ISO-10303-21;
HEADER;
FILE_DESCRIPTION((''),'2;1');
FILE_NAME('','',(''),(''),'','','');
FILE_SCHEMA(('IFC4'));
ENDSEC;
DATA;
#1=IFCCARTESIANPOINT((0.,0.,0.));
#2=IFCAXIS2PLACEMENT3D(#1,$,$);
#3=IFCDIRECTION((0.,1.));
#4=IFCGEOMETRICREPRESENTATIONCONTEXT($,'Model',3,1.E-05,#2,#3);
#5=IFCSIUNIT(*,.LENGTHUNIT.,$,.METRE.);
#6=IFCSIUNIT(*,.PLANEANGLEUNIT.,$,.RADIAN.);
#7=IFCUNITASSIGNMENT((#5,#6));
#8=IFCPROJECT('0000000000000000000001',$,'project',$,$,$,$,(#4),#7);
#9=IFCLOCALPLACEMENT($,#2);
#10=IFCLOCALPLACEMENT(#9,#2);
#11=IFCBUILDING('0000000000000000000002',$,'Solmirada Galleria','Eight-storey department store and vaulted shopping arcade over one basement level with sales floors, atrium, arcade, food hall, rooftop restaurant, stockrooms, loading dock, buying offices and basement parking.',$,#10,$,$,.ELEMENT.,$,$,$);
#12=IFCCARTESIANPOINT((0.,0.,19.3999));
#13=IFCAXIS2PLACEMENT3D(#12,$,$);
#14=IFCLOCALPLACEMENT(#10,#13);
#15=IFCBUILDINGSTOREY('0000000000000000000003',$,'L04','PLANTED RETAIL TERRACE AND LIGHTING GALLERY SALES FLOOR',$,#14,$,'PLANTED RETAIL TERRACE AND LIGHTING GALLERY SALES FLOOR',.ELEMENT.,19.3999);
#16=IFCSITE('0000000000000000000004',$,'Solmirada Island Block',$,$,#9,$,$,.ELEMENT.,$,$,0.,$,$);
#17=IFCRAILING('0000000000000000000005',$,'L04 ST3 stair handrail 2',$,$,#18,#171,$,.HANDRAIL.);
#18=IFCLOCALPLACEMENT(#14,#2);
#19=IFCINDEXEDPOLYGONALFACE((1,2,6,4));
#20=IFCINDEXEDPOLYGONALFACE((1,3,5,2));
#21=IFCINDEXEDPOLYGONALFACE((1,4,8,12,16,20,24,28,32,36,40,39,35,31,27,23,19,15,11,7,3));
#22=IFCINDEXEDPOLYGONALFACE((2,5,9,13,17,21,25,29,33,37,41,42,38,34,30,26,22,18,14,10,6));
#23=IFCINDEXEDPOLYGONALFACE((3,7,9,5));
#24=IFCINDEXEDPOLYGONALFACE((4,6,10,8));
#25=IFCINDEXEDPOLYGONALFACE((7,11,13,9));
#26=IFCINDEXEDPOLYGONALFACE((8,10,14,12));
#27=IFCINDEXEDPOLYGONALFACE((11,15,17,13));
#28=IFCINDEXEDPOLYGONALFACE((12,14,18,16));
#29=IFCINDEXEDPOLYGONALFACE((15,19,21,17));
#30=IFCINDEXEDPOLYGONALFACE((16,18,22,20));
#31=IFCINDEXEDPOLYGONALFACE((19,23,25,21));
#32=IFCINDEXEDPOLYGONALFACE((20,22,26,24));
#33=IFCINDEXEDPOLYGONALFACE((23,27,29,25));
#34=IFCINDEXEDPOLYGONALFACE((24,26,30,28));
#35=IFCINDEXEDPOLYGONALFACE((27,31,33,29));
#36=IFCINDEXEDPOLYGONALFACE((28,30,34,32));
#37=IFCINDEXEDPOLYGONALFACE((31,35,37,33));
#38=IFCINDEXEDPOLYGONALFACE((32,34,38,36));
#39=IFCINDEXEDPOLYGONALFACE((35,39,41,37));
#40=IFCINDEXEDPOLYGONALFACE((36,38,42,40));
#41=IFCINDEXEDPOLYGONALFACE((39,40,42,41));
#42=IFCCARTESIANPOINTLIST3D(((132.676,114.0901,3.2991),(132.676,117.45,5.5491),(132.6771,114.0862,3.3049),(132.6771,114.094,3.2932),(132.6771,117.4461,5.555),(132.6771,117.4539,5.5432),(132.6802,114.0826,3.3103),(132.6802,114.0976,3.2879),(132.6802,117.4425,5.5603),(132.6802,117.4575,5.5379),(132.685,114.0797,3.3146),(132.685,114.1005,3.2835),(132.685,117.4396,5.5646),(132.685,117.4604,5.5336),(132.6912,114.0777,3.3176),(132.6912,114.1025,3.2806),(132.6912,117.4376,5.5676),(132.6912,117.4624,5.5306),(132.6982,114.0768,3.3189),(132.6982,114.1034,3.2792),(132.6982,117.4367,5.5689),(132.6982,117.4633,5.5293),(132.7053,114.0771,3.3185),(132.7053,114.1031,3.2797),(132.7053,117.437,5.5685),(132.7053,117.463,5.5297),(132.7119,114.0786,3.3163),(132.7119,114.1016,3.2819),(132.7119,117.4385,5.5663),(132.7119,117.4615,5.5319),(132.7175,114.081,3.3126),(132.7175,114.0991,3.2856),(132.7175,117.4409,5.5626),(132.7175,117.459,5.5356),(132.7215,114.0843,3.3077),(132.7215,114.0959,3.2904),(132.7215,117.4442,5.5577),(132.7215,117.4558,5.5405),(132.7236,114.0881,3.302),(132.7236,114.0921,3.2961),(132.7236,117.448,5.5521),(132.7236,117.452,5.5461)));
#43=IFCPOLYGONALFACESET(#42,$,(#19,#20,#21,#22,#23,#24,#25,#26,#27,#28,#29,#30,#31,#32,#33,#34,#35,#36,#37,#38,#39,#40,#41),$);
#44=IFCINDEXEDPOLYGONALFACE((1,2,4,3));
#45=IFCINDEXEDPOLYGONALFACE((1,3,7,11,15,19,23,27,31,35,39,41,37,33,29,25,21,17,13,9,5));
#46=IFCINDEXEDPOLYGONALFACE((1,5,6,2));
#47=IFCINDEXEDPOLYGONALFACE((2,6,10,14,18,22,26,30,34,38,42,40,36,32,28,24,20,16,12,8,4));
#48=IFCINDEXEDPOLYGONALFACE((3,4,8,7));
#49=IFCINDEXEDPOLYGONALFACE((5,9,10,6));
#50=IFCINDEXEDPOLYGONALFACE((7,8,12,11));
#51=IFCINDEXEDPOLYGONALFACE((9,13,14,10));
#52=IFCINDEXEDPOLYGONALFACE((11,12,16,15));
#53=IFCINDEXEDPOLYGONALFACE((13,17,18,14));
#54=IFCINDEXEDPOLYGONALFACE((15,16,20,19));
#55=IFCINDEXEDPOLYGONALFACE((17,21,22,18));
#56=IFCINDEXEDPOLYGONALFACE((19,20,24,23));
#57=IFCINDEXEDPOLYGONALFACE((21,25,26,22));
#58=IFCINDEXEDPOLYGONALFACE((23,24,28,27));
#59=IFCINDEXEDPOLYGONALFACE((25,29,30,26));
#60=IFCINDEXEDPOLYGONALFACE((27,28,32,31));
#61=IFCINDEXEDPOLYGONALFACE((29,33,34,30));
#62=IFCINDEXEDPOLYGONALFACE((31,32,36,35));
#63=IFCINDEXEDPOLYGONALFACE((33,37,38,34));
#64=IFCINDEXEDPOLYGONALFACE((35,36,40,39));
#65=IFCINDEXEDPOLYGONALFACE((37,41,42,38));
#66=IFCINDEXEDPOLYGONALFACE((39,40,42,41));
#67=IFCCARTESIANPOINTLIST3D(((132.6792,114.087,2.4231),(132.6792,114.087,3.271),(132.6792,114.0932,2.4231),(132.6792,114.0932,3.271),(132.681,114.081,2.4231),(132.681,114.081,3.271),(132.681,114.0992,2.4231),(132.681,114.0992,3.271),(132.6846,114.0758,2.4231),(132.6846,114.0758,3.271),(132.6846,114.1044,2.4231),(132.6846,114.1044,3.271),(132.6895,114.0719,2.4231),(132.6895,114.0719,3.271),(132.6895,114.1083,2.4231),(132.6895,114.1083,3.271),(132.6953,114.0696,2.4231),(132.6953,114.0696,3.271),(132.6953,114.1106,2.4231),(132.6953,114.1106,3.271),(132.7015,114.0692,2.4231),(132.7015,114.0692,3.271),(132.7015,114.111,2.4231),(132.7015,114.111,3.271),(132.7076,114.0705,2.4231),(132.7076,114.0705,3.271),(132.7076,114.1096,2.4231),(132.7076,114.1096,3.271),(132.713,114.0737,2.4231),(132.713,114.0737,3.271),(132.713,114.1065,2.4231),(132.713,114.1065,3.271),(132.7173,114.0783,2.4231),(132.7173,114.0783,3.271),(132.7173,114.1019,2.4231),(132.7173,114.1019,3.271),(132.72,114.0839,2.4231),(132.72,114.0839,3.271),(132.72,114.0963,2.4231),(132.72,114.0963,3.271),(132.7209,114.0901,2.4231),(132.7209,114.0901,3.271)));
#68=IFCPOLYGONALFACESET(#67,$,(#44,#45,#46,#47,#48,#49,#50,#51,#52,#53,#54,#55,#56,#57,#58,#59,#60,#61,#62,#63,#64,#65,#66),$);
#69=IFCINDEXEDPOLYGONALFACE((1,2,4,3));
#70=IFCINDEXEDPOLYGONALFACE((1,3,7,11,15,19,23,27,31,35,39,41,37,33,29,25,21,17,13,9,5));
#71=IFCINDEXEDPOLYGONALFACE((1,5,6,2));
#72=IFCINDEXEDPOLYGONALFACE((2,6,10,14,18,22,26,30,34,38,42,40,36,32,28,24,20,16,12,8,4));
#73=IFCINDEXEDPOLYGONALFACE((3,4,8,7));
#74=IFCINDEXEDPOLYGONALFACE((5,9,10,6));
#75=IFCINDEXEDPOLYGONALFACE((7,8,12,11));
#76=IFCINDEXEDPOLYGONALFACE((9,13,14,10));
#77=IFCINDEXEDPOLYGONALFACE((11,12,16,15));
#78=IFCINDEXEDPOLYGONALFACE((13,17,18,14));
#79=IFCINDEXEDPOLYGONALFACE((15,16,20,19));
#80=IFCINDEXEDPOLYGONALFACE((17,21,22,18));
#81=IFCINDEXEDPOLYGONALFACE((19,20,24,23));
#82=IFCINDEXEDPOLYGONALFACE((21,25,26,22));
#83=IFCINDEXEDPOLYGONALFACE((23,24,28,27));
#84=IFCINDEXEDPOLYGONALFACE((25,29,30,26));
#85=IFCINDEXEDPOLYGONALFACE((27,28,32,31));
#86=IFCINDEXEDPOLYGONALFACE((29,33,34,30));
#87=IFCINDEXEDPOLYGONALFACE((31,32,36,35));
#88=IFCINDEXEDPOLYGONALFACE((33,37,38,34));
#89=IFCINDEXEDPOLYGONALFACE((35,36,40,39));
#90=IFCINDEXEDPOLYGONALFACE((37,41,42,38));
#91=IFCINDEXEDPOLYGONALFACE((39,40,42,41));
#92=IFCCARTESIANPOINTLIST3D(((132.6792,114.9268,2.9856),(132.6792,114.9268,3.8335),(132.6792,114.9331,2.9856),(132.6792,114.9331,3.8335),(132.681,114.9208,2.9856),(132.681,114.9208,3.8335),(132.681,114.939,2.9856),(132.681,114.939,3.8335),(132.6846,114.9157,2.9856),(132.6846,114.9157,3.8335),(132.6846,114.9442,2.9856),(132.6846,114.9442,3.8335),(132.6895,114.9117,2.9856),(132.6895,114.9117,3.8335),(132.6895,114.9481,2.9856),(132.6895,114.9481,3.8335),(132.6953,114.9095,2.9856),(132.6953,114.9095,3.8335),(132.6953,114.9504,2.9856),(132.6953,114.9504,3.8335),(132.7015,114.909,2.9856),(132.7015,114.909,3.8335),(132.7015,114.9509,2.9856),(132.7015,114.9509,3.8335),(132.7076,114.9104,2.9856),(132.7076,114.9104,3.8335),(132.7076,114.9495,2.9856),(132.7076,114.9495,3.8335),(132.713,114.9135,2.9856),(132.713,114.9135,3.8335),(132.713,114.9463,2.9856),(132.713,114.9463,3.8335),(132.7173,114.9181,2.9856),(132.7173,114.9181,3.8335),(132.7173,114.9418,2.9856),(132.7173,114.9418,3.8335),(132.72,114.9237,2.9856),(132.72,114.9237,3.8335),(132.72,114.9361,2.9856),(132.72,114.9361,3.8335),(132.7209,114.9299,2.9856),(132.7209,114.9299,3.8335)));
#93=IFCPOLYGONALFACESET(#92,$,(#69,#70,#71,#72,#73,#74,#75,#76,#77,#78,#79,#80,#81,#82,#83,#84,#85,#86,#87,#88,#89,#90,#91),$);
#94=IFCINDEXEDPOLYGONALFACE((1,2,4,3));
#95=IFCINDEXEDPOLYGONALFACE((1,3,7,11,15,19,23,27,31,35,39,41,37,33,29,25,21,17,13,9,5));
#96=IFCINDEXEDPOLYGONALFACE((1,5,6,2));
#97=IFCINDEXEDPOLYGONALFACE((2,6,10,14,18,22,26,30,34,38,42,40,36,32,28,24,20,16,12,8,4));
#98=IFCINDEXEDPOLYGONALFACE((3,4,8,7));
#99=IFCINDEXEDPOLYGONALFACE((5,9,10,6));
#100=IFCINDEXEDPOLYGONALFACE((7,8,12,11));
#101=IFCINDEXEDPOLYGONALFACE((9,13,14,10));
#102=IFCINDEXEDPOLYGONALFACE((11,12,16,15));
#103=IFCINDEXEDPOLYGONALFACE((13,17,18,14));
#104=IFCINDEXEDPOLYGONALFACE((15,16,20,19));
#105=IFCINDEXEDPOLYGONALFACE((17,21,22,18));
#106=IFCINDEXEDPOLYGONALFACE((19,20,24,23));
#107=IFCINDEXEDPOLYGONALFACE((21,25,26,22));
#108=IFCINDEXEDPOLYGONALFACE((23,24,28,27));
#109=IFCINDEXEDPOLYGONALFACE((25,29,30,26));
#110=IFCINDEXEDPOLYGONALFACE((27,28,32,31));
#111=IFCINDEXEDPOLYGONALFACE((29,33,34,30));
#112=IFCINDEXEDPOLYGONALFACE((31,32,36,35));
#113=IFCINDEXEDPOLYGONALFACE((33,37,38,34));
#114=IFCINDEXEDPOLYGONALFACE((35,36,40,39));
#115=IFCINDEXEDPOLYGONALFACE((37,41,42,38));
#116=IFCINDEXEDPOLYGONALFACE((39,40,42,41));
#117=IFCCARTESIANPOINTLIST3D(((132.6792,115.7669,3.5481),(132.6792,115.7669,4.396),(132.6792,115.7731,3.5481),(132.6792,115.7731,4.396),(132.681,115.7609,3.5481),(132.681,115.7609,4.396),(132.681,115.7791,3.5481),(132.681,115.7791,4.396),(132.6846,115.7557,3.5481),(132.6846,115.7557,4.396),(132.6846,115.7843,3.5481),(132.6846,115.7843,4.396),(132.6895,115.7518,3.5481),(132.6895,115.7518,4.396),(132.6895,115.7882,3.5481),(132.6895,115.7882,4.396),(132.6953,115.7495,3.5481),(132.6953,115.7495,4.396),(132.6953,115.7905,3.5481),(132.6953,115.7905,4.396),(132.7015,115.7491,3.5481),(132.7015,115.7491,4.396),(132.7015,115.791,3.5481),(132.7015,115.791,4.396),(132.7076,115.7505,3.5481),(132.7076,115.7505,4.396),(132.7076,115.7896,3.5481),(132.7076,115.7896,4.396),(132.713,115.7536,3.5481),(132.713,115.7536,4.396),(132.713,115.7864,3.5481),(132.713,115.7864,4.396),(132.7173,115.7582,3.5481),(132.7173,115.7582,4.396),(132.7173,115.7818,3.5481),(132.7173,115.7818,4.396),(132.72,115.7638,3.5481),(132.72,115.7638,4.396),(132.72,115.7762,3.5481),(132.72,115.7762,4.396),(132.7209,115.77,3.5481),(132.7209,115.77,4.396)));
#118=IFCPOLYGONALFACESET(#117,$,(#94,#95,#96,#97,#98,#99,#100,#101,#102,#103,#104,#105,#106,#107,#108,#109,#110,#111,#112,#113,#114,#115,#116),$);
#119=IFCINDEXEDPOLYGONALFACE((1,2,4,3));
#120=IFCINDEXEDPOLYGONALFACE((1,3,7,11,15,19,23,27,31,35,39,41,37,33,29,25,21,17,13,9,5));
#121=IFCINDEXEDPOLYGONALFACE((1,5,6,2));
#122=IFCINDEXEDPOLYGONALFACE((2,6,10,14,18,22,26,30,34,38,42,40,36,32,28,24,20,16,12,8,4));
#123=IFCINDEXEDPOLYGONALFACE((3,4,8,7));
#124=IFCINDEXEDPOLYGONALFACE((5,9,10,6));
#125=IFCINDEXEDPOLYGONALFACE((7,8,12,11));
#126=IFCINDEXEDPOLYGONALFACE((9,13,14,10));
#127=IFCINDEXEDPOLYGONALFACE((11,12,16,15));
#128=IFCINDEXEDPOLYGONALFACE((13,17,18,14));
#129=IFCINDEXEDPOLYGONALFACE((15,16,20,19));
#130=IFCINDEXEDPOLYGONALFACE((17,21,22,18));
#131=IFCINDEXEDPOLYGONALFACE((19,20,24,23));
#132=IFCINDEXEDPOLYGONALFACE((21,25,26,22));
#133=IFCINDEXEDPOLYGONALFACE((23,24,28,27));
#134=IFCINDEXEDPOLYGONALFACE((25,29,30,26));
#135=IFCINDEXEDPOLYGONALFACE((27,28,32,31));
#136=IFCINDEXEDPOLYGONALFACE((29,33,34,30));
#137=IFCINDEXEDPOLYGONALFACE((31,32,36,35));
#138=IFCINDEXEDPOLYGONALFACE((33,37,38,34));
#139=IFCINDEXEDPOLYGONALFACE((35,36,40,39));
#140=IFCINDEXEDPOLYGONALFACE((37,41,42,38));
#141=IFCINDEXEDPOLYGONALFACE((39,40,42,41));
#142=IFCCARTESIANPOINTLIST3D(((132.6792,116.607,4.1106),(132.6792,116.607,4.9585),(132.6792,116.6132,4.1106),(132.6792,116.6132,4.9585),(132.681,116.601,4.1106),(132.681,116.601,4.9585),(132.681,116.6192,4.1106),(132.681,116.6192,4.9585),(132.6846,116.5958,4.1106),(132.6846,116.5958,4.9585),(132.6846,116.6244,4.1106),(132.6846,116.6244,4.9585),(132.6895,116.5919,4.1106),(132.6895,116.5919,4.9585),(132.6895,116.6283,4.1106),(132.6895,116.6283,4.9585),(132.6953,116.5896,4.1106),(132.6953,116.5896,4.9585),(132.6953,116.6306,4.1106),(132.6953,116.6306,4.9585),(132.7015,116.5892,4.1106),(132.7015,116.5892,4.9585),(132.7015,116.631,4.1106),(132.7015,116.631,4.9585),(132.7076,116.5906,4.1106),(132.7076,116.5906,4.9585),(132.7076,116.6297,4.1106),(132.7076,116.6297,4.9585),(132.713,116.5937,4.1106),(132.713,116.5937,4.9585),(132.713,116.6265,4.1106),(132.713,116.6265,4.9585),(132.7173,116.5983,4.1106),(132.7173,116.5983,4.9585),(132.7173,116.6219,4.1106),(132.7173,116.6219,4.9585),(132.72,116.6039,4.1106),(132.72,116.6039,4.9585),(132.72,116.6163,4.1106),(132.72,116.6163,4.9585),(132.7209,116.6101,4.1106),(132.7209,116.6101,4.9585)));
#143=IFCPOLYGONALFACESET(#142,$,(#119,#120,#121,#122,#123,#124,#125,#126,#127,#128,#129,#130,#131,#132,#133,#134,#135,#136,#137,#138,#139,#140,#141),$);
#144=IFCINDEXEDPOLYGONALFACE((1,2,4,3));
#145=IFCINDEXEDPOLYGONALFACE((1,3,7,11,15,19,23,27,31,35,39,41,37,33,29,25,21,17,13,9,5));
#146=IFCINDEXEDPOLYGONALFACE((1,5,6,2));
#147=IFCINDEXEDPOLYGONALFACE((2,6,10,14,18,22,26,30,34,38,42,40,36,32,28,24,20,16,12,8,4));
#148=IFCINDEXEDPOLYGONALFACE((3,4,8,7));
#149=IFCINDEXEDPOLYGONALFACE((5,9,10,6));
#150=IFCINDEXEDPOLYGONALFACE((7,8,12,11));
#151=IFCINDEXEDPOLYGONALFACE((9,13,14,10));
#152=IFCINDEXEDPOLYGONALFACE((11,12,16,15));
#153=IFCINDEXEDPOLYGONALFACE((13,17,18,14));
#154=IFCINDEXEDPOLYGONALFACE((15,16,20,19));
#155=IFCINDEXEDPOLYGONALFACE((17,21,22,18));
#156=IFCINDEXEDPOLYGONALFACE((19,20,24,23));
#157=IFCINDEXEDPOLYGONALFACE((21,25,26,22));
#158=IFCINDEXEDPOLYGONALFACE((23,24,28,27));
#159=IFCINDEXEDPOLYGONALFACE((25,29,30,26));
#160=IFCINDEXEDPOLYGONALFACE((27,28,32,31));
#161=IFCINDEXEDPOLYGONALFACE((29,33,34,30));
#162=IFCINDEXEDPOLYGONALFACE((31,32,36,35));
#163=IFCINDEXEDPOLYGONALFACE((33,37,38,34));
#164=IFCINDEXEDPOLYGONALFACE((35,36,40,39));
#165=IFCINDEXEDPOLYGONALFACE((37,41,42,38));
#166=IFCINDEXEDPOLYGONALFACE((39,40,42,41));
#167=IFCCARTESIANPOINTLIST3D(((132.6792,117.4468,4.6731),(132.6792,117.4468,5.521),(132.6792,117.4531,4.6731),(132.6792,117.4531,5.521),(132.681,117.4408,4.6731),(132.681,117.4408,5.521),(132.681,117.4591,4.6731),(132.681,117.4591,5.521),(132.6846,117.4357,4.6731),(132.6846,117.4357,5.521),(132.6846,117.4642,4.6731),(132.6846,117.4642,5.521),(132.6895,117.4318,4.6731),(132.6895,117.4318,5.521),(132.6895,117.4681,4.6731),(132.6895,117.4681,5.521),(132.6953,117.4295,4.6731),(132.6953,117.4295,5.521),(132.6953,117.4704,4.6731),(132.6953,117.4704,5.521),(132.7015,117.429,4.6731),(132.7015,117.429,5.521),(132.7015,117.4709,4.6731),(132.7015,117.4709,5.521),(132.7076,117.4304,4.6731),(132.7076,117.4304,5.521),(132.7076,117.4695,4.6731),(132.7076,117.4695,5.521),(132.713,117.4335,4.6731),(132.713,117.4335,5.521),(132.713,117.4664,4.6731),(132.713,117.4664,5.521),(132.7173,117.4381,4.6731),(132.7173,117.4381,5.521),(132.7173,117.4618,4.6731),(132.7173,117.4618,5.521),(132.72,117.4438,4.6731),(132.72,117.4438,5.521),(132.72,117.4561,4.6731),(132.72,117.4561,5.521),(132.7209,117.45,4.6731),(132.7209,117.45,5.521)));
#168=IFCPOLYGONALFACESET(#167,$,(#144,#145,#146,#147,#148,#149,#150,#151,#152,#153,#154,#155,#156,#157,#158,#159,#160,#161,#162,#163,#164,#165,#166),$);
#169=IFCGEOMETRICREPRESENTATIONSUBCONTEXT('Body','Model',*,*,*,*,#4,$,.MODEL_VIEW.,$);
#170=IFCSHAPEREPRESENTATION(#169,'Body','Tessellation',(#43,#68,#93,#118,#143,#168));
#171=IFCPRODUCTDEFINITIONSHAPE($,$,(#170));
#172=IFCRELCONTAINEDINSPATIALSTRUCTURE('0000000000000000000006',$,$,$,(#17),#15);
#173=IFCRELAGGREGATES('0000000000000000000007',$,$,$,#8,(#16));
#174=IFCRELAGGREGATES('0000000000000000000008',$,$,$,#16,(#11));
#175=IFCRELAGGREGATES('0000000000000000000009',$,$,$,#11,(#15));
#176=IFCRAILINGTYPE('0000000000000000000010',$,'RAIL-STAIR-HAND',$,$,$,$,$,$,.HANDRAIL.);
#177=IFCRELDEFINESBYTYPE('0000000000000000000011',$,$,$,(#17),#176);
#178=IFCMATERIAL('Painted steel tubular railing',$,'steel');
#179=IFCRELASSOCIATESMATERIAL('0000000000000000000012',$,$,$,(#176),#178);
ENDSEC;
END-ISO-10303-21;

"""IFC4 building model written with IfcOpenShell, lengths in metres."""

from ifc_helpers import new_model, si_unit, direction, frame, origin, origin_2d, place, context, subcontext, project, spatial, circle, extrude, material, type_object, element, save


model = new_model("IFC4")

# Units and contexts
model_context = context("Model", 3, precision=1e-05, world=origin(), true_north=direction((0.0, 1.0)))
body_context = subcontext(model_context, "Body", "Model", "MODEL_VIEW")
ifc_project = project(units=[si_unit("LENGTHUNIT", "METRE"), si_unit("PLANEANGLEUNIT", "RADIAN")], contexts=[model_context])

# Site, building, storey
site_placement = place(None, origin())
site = spatial("IfcSite", under=ifc_project, at=site_placement, Name="Solmirada Island Block", CompositionType="ELEMENT", RefElevation=0.0)
building_placement = place(site_placement, origin())
building = spatial("IfcBuilding", under=site, at=building_placement, Name="Solmirada Galleria", Description="Eight-storey department store and vaulted shopping arcade over one basement level with sales floors, atrium, arcade, food hall, rooftop restaurant, stockrooms, loading dock, buying offices and basement parking.", CompositionType="ELEMENT")
storey_placement = place(building_placement, frame((0.0, 0.0, 19.3999)))
storey = spatial("IfcBuildingStorey", under=building, at=storey_placement, Name="L04", Description="PLANTED RETAIL TERRACE AND LIGHTING GALLERY SALES FLOOR", LongName="PLANTED RETAIL TERRACE AND LIGHTING GALLERY SALES FLOOR", CompositionType="ELEMENT", Elevation=19.3999)

# Railing
ifc_material_1 = material(Name="Painted steel tubular railing", Category="steel")
railing_type_1 = type_object("IfcRailingType", Name="RAIL-STAIR-HAND", PredefinedType="HANDRAIL", material=ifc_material_1)
railing_1_placement = place(storey_placement, frame((132.7, 114.0901, 2.4231)))
element("IfcRailing", 1, at=railing_1_placement, inside=storey, type_object=railing_type_1, Name="L04 ST3 stair handrail 2", PredefinedType="HANDRAIL", context=body_context, shape_type="SweptSolid", body=[
    extrude(circle(Radius=0.0239, at=origin_2d()), frame((0.0, 0.0, 0.876), z_axis=(0.0, 0.830897, 0.556427), x_axis=(-1.0, 0.0, 0.0)), (0.0, 0.0, 1.0), 4.0437),
    extrude(circle(Radius=0.021, at=origin_2d()), origin(), (0.0, 0.0, 1.0), 0.8479),
    extrude(circle(Radius=0.021, at=origin_2d()), frame((0.0, 0.8398, 0.5625)), (0.0, 0.0, 1.0), 0.8479),
    extrude(circle(Radius=0.021, at=origin_2d()), frame((0.0, 1.6799, 1.125)), (0.0, 0.0, 1.0), 0.8479),
    extrude(circle(Radius=0.021, at=origin_2d()), frame((0.0, 2.52, 1.6875)), (0.0, 0.0, 1.0), 0.8479),
    extrude(circle(Radius=0.021, at=origin_2d()), frame((0.0, 3.3599, 2.25)), (0.0, 0.0, 1.0), 0.8479),
])

save(model, "model.ifc")
